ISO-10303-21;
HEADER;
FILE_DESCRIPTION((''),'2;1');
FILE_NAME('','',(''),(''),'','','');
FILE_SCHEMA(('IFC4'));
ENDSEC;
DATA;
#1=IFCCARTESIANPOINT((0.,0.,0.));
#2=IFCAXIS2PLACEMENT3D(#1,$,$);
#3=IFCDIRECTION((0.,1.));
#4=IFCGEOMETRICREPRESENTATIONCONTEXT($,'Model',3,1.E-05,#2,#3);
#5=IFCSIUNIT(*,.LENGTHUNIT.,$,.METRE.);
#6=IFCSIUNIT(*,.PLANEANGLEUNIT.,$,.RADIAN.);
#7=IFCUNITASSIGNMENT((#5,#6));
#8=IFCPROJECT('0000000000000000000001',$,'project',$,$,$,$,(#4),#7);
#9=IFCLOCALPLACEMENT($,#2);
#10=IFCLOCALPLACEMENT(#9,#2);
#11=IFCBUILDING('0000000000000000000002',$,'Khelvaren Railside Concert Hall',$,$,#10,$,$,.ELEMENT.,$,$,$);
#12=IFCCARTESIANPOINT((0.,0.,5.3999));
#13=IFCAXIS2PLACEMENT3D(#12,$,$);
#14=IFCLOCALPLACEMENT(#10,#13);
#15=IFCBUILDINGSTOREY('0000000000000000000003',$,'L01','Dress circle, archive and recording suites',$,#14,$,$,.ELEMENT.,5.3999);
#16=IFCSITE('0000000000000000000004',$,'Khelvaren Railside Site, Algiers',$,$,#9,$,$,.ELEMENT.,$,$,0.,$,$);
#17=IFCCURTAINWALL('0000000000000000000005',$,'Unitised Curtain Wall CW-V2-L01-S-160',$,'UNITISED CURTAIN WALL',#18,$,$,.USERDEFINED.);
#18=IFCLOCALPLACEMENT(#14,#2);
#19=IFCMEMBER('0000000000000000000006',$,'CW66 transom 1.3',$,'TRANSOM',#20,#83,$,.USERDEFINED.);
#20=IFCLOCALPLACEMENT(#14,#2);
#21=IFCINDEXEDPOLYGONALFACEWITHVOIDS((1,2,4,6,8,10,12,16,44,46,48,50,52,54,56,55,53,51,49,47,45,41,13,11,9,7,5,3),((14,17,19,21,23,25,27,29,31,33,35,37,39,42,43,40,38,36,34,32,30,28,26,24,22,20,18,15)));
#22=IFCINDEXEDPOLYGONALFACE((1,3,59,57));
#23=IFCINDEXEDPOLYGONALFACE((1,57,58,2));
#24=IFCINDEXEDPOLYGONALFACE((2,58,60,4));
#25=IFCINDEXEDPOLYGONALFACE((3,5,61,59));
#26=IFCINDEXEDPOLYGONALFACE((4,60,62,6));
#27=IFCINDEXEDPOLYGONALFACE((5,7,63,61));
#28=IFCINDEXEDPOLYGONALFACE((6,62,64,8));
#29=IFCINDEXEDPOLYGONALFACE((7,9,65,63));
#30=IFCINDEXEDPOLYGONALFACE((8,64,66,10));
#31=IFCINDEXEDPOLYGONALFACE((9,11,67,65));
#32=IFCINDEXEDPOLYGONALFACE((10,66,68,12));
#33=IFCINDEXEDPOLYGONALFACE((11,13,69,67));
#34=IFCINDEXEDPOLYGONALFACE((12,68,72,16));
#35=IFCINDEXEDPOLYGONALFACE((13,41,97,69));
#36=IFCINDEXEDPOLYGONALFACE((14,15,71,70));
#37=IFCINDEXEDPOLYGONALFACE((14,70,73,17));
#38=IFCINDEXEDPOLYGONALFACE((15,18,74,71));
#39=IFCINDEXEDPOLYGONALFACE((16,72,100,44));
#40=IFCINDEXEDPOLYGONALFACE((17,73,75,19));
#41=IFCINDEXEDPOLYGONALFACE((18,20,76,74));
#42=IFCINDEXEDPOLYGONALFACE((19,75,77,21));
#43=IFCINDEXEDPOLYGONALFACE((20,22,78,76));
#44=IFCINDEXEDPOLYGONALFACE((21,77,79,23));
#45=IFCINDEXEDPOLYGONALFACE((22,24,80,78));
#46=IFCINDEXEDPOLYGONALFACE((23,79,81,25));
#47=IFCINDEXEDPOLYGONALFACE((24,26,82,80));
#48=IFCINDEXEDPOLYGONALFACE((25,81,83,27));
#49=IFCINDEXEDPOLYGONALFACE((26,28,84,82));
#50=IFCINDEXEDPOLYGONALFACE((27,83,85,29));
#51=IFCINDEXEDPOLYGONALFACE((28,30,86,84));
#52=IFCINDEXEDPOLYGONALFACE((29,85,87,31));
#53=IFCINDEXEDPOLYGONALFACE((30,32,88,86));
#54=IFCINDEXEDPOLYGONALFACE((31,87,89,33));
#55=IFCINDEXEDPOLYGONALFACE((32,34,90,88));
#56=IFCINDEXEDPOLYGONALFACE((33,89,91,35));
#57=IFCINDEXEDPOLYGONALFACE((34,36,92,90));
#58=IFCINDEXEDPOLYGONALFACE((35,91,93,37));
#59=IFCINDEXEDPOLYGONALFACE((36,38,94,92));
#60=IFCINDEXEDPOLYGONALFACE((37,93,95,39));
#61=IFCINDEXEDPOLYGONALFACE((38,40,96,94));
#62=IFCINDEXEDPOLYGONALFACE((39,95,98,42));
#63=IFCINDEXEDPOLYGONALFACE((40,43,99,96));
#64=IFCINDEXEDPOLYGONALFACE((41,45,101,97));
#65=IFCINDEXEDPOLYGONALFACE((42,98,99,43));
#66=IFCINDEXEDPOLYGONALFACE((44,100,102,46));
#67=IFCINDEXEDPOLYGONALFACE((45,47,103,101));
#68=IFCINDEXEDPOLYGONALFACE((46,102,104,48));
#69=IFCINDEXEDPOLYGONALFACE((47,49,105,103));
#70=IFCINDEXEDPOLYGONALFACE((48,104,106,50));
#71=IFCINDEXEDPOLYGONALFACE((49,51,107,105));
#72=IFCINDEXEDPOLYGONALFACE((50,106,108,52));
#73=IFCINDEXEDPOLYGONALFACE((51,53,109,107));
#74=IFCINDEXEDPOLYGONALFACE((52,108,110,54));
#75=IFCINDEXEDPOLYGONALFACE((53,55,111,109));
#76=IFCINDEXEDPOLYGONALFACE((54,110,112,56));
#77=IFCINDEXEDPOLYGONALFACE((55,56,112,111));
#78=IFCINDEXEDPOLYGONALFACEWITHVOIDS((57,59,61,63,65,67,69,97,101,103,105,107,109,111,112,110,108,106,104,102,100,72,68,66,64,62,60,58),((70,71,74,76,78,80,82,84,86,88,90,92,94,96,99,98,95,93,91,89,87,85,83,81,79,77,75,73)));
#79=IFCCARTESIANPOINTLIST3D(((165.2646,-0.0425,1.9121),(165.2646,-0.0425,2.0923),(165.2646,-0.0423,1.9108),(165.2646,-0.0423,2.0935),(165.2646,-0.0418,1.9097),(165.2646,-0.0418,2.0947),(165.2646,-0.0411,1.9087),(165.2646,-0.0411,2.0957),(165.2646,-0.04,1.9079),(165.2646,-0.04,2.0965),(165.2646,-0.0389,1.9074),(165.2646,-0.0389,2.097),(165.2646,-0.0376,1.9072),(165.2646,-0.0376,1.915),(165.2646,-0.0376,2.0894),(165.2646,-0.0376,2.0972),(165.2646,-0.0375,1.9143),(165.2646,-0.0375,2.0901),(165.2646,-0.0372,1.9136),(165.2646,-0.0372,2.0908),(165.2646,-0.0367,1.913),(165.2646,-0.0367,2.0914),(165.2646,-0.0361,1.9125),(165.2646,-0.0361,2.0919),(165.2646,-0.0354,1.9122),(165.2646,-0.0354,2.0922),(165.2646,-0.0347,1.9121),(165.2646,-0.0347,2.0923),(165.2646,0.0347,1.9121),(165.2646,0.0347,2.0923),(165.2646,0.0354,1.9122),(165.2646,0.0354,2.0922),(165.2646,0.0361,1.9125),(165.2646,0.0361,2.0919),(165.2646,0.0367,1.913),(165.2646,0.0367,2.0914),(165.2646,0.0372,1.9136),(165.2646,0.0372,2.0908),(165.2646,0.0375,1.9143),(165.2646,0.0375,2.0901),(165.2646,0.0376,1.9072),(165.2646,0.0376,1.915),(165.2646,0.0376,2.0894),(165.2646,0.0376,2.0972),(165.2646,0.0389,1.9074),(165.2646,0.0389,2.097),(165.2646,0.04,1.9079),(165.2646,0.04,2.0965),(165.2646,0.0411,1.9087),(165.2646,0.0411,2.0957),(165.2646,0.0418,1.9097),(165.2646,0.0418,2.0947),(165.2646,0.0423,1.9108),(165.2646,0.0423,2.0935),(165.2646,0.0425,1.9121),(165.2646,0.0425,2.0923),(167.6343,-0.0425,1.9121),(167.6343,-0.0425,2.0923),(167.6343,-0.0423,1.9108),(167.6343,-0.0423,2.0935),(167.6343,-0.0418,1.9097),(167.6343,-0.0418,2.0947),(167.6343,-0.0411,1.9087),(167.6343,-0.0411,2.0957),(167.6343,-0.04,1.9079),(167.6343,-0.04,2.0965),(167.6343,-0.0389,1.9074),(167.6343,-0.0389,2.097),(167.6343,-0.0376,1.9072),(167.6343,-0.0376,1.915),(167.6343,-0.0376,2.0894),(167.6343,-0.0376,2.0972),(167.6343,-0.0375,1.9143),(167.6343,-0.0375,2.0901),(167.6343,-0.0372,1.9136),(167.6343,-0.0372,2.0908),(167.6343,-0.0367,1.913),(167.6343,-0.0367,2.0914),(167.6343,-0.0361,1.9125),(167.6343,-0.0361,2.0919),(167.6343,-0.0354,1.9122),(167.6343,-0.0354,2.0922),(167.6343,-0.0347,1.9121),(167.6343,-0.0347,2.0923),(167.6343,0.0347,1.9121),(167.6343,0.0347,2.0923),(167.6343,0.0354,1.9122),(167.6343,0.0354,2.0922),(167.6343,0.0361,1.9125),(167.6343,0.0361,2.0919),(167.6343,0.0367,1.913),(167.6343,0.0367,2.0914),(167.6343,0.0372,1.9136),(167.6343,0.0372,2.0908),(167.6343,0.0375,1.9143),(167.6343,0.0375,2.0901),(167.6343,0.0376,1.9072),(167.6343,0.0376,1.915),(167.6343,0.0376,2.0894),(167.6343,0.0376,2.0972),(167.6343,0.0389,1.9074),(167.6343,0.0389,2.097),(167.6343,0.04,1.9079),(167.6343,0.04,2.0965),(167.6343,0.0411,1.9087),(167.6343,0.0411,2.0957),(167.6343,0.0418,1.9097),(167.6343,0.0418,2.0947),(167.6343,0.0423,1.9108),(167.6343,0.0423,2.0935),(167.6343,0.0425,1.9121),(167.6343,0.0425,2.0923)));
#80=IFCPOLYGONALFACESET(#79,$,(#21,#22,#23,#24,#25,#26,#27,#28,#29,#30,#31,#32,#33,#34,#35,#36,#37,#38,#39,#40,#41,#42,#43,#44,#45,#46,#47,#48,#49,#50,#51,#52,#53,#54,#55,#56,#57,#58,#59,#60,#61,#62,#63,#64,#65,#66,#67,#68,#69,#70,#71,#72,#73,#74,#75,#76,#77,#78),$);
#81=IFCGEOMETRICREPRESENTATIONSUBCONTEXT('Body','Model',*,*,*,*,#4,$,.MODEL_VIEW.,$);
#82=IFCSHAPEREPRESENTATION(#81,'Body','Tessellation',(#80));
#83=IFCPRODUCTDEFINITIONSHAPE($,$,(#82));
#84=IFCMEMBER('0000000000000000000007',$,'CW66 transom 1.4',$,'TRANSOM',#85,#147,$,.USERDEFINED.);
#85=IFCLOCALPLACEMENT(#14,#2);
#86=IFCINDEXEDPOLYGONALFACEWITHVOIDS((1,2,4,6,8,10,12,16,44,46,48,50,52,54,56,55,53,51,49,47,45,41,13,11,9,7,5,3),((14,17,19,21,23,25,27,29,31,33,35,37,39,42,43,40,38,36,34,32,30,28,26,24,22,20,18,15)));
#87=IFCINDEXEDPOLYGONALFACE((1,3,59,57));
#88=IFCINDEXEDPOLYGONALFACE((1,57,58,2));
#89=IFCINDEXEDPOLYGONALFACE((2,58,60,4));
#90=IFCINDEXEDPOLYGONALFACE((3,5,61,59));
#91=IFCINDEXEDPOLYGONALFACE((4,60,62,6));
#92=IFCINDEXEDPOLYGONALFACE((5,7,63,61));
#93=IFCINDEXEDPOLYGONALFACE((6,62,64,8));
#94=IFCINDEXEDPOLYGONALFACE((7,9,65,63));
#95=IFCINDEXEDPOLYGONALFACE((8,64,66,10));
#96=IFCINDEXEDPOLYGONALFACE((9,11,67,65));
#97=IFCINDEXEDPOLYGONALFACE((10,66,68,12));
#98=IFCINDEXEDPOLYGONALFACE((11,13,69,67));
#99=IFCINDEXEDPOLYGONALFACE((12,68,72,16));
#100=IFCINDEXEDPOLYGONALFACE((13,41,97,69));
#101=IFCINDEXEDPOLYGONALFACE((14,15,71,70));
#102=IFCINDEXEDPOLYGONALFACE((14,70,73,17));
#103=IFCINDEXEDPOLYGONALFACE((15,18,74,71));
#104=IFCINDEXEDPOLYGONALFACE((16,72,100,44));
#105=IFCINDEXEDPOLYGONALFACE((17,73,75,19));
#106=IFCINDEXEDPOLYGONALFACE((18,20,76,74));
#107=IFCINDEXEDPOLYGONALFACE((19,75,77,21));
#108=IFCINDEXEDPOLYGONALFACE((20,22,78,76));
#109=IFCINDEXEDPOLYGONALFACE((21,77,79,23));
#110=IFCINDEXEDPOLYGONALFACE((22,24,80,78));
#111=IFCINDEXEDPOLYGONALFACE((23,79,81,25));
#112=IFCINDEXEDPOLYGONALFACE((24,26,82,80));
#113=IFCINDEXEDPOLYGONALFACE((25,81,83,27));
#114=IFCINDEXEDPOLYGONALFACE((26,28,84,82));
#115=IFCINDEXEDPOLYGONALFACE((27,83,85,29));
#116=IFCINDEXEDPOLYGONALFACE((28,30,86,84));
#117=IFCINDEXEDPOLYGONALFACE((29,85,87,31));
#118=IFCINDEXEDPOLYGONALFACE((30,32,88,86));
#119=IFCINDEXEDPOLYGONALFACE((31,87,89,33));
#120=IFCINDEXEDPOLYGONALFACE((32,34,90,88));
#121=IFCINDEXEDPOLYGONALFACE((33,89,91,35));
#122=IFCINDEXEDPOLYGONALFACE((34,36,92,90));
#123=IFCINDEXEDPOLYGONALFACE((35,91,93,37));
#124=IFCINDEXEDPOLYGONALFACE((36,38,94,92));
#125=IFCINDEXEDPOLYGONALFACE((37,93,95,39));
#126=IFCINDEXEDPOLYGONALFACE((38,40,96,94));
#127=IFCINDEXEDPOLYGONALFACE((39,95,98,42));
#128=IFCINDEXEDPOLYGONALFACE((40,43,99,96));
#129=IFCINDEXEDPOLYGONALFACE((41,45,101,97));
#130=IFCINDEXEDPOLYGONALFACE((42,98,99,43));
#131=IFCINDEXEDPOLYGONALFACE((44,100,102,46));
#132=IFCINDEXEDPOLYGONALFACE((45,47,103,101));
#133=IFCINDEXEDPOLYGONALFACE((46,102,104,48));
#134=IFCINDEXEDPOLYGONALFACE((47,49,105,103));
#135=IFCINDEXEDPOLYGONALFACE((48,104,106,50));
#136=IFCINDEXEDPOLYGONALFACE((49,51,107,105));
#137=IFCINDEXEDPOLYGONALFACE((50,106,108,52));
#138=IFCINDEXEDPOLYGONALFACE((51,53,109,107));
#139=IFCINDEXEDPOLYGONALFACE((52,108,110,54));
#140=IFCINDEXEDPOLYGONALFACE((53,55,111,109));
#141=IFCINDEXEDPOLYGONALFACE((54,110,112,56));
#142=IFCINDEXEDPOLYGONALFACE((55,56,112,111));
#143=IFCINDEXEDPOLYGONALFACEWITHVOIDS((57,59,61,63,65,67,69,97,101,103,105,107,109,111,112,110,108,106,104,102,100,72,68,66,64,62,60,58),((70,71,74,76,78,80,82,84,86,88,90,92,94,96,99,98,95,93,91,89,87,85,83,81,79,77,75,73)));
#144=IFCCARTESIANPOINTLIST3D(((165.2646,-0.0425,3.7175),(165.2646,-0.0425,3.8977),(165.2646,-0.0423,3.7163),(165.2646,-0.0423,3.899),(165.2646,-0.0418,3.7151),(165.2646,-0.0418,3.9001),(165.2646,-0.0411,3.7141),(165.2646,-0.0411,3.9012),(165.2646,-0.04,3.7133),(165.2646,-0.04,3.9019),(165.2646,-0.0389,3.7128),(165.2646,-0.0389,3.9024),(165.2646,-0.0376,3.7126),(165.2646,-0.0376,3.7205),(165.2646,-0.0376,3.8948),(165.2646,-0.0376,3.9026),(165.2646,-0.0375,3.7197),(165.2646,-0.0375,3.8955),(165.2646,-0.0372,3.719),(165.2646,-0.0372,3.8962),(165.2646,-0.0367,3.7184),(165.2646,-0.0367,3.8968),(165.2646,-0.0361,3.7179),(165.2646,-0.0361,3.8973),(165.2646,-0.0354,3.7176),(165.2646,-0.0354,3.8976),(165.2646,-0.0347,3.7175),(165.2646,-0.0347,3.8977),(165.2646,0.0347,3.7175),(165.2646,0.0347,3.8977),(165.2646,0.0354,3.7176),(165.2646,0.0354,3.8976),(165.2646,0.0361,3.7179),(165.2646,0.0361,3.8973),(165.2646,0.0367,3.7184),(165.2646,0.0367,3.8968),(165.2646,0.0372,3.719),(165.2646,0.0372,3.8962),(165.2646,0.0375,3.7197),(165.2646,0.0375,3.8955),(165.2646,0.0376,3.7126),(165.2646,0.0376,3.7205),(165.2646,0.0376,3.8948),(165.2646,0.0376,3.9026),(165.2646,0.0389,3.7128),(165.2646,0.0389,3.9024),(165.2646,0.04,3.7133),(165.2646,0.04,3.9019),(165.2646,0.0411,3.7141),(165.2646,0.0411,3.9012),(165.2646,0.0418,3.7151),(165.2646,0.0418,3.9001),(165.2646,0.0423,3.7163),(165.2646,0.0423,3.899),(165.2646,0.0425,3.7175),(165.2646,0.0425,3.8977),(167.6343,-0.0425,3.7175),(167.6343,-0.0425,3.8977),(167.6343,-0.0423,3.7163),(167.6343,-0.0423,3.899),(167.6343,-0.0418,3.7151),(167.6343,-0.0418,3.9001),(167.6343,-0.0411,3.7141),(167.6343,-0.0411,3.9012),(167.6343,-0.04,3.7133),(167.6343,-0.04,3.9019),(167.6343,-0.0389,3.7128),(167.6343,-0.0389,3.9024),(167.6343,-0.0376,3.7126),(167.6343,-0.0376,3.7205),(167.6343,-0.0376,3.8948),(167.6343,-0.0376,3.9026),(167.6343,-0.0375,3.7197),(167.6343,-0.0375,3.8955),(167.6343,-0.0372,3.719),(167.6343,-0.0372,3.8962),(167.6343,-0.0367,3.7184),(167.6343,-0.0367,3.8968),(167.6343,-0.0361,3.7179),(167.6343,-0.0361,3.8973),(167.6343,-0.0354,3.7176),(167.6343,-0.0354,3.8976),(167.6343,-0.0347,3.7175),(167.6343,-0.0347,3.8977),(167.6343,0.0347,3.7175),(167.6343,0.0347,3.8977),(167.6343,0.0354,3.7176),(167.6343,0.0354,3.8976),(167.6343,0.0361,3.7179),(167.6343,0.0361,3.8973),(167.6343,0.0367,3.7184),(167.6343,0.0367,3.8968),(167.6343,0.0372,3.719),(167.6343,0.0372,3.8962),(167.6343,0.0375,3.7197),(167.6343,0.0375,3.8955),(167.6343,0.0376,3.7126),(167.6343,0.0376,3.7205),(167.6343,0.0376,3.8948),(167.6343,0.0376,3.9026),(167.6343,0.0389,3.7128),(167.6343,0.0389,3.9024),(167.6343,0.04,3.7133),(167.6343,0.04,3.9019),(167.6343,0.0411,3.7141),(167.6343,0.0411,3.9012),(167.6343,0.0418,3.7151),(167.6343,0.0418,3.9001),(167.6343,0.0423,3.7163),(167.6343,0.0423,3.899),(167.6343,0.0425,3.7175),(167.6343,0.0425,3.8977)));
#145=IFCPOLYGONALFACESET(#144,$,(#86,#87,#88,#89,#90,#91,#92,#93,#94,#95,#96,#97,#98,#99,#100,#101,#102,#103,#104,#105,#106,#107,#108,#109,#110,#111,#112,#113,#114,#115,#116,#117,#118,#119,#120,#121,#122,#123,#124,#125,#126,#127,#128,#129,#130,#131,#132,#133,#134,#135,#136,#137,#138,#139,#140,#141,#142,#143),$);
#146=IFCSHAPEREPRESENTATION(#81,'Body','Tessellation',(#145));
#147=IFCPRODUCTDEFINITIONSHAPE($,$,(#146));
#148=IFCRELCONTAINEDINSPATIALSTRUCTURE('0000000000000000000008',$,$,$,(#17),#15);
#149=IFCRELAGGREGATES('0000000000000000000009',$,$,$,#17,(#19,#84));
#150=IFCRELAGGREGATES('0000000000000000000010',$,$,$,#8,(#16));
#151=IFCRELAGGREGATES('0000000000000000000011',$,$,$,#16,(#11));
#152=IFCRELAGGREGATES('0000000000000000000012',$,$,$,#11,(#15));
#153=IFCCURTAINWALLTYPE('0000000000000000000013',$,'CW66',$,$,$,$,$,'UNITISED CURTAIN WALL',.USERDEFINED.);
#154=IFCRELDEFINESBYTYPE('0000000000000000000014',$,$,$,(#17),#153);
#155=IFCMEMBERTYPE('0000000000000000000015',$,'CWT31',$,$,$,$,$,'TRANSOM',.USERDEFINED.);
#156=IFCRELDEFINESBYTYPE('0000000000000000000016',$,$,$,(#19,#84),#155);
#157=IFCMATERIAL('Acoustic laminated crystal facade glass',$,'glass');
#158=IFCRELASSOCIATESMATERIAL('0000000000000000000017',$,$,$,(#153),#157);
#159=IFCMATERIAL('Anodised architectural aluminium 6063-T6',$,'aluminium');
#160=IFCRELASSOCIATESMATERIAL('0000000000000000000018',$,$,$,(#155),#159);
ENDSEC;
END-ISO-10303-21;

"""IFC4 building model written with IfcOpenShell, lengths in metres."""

from ifc_helpers import new_model, si_unit, direction, frame, origin, origin_2d, place, context, subcontext, project, spatial, hollow_rectangle, extrude, material, material_profile, profile_set, type_object, element, aggregate, save


model = new_model("IFC4")

# Units and contexts
model_context = context("Model", 3, precision=1e-05, world=origin(), true_north=direction((0.0, 1.0)))
body_context = subcontext(model_context, "Body", "Model", "MODEL_VIEW")
ifc_project = project(units=[si_unit("LENGTHUNIT", "METRE"), si_unit("PLANEANGLEUNIT", "RADIAN")], contexts=[model_context])

# Site, building, storey
site_placement = place(None, origin())
site = spatial("IfcSite", under=ifc_project, at=site_placement, Name="Khelvaren Railside Site, Algiers", CompositionType="ELEMENT", RefElevation=0.0)
building_placement = place(site_placement, origin())
building = spatial("IfcBuilding", under=site, at=building_placement, Name="Khelvaren Railside Concert Hall", CompositionType="ELEMENT")
storey_placement = place(building_placement, frame((0.0, 0.0, 5.3999)))
storey = spatial("IfcBuildingStorey", under=building, at=storey_placement, Name="L01", Description="Dress circle, archive and recording suites", CompositionType="ELEMENT", Elevation=5.3999)

# Curtain wall
ifc_material_1 = material(Name="Acoustic laminated crystal facade glass", Category="glass")
curtain_wall_type_1 = type_object("IfcCurtainWallType", Name="CW66", ElementType="UNITISED CURTAIN WALL", PredefinedType="USERDEFINED", material=ifc_material_1)
curtain_wall_1_placement = place(storey_placement, origin())
curtain_wall_1 = element("IfcCurtainWall", 1, at=curtain_wall_1_placement, inside=storey, type_object=curtain_wall_type_1, Name="Unitised Curtain Wall CW-V2-L01-S-160", ObjectType="UNITISED CURTAIN WALL", PredefinedType="USERDEFINED")
ifc_material_2 = material(Name="Anodised architectural aluminium 6063-T6", Category="aluminium")

# Members
ifc_material_profile_1 = material_profile(ifc_material_2, hollow_rectangle(XDim=0.085, YDim=0.1899, WallThickness=0.0049, InnerFilletRadius=0.0029, OuterFilletRadius=0.0049, at=origin_2d()), Name="CWT 85x190x5")
ifc_profile_set_1 = profile_set([ifc_material_profile_1], Name="Anodised architectural aluminium 6063-T6")
member_type_1 = type_object("IfcMemberType", Name="CWT31", ElementType="TRANSOM", PredefinedType="USERDEFINED", material=ifc_profile_set_1)
member_1_placement = place(storey_placement, frame((167.6343, 0.0, 2.0022), z_axis=(-1.0, 0.0, 0.0), x_axis=(0.0, -1.0, 0.0)))
member_1 = element("IfcMember", 2, at=member_1_placement, type_object=member_type_1, Name="CW66 transom 1.3", ObjectType="TRANSOM", PredefinedType="USERDEFINED", context=body_context, shape_type="SweptSolid", body=[
    extrude(hollow_rectangle(XDim=0.085, YDim=0.1899, WallThickness=0.0049, InnerFilletRadius=0.0029, OuterFilletRadius=0.0049, at=origin_2d()), origin(), (0.0, 0.0, 1.0), 2.3696),
])
member_2_placement = place(storey_placement, frame((167.6343, 0.0, 3.8076), z_axis=(-1.0, 0.0, 0.0), x_axis=(0.0, -1.0, 0.0)))
member_2 = element("IfcMember", 3, at=member_2_placement, type_object=member_type_1, Name="CW66 transom 1.4", ObjectType="TRANSOM", PredefinedType="USERDEFINED", context=body_context, shape_type="SweptSolid", body=[
    extrude(hollow_rectangle(XDim=0.085, YDim=0.1899, WallThickness=0.0049, InnerFilletRadius=0.0029, OuterFilletRadius=0.0049, at=origin_2d()), origin(), (0.0, 0.0, 1.0), 2.3696),
])

aggregate(curtain_wall_1, [member_1, member_2])

save(model, "model.ifc")
